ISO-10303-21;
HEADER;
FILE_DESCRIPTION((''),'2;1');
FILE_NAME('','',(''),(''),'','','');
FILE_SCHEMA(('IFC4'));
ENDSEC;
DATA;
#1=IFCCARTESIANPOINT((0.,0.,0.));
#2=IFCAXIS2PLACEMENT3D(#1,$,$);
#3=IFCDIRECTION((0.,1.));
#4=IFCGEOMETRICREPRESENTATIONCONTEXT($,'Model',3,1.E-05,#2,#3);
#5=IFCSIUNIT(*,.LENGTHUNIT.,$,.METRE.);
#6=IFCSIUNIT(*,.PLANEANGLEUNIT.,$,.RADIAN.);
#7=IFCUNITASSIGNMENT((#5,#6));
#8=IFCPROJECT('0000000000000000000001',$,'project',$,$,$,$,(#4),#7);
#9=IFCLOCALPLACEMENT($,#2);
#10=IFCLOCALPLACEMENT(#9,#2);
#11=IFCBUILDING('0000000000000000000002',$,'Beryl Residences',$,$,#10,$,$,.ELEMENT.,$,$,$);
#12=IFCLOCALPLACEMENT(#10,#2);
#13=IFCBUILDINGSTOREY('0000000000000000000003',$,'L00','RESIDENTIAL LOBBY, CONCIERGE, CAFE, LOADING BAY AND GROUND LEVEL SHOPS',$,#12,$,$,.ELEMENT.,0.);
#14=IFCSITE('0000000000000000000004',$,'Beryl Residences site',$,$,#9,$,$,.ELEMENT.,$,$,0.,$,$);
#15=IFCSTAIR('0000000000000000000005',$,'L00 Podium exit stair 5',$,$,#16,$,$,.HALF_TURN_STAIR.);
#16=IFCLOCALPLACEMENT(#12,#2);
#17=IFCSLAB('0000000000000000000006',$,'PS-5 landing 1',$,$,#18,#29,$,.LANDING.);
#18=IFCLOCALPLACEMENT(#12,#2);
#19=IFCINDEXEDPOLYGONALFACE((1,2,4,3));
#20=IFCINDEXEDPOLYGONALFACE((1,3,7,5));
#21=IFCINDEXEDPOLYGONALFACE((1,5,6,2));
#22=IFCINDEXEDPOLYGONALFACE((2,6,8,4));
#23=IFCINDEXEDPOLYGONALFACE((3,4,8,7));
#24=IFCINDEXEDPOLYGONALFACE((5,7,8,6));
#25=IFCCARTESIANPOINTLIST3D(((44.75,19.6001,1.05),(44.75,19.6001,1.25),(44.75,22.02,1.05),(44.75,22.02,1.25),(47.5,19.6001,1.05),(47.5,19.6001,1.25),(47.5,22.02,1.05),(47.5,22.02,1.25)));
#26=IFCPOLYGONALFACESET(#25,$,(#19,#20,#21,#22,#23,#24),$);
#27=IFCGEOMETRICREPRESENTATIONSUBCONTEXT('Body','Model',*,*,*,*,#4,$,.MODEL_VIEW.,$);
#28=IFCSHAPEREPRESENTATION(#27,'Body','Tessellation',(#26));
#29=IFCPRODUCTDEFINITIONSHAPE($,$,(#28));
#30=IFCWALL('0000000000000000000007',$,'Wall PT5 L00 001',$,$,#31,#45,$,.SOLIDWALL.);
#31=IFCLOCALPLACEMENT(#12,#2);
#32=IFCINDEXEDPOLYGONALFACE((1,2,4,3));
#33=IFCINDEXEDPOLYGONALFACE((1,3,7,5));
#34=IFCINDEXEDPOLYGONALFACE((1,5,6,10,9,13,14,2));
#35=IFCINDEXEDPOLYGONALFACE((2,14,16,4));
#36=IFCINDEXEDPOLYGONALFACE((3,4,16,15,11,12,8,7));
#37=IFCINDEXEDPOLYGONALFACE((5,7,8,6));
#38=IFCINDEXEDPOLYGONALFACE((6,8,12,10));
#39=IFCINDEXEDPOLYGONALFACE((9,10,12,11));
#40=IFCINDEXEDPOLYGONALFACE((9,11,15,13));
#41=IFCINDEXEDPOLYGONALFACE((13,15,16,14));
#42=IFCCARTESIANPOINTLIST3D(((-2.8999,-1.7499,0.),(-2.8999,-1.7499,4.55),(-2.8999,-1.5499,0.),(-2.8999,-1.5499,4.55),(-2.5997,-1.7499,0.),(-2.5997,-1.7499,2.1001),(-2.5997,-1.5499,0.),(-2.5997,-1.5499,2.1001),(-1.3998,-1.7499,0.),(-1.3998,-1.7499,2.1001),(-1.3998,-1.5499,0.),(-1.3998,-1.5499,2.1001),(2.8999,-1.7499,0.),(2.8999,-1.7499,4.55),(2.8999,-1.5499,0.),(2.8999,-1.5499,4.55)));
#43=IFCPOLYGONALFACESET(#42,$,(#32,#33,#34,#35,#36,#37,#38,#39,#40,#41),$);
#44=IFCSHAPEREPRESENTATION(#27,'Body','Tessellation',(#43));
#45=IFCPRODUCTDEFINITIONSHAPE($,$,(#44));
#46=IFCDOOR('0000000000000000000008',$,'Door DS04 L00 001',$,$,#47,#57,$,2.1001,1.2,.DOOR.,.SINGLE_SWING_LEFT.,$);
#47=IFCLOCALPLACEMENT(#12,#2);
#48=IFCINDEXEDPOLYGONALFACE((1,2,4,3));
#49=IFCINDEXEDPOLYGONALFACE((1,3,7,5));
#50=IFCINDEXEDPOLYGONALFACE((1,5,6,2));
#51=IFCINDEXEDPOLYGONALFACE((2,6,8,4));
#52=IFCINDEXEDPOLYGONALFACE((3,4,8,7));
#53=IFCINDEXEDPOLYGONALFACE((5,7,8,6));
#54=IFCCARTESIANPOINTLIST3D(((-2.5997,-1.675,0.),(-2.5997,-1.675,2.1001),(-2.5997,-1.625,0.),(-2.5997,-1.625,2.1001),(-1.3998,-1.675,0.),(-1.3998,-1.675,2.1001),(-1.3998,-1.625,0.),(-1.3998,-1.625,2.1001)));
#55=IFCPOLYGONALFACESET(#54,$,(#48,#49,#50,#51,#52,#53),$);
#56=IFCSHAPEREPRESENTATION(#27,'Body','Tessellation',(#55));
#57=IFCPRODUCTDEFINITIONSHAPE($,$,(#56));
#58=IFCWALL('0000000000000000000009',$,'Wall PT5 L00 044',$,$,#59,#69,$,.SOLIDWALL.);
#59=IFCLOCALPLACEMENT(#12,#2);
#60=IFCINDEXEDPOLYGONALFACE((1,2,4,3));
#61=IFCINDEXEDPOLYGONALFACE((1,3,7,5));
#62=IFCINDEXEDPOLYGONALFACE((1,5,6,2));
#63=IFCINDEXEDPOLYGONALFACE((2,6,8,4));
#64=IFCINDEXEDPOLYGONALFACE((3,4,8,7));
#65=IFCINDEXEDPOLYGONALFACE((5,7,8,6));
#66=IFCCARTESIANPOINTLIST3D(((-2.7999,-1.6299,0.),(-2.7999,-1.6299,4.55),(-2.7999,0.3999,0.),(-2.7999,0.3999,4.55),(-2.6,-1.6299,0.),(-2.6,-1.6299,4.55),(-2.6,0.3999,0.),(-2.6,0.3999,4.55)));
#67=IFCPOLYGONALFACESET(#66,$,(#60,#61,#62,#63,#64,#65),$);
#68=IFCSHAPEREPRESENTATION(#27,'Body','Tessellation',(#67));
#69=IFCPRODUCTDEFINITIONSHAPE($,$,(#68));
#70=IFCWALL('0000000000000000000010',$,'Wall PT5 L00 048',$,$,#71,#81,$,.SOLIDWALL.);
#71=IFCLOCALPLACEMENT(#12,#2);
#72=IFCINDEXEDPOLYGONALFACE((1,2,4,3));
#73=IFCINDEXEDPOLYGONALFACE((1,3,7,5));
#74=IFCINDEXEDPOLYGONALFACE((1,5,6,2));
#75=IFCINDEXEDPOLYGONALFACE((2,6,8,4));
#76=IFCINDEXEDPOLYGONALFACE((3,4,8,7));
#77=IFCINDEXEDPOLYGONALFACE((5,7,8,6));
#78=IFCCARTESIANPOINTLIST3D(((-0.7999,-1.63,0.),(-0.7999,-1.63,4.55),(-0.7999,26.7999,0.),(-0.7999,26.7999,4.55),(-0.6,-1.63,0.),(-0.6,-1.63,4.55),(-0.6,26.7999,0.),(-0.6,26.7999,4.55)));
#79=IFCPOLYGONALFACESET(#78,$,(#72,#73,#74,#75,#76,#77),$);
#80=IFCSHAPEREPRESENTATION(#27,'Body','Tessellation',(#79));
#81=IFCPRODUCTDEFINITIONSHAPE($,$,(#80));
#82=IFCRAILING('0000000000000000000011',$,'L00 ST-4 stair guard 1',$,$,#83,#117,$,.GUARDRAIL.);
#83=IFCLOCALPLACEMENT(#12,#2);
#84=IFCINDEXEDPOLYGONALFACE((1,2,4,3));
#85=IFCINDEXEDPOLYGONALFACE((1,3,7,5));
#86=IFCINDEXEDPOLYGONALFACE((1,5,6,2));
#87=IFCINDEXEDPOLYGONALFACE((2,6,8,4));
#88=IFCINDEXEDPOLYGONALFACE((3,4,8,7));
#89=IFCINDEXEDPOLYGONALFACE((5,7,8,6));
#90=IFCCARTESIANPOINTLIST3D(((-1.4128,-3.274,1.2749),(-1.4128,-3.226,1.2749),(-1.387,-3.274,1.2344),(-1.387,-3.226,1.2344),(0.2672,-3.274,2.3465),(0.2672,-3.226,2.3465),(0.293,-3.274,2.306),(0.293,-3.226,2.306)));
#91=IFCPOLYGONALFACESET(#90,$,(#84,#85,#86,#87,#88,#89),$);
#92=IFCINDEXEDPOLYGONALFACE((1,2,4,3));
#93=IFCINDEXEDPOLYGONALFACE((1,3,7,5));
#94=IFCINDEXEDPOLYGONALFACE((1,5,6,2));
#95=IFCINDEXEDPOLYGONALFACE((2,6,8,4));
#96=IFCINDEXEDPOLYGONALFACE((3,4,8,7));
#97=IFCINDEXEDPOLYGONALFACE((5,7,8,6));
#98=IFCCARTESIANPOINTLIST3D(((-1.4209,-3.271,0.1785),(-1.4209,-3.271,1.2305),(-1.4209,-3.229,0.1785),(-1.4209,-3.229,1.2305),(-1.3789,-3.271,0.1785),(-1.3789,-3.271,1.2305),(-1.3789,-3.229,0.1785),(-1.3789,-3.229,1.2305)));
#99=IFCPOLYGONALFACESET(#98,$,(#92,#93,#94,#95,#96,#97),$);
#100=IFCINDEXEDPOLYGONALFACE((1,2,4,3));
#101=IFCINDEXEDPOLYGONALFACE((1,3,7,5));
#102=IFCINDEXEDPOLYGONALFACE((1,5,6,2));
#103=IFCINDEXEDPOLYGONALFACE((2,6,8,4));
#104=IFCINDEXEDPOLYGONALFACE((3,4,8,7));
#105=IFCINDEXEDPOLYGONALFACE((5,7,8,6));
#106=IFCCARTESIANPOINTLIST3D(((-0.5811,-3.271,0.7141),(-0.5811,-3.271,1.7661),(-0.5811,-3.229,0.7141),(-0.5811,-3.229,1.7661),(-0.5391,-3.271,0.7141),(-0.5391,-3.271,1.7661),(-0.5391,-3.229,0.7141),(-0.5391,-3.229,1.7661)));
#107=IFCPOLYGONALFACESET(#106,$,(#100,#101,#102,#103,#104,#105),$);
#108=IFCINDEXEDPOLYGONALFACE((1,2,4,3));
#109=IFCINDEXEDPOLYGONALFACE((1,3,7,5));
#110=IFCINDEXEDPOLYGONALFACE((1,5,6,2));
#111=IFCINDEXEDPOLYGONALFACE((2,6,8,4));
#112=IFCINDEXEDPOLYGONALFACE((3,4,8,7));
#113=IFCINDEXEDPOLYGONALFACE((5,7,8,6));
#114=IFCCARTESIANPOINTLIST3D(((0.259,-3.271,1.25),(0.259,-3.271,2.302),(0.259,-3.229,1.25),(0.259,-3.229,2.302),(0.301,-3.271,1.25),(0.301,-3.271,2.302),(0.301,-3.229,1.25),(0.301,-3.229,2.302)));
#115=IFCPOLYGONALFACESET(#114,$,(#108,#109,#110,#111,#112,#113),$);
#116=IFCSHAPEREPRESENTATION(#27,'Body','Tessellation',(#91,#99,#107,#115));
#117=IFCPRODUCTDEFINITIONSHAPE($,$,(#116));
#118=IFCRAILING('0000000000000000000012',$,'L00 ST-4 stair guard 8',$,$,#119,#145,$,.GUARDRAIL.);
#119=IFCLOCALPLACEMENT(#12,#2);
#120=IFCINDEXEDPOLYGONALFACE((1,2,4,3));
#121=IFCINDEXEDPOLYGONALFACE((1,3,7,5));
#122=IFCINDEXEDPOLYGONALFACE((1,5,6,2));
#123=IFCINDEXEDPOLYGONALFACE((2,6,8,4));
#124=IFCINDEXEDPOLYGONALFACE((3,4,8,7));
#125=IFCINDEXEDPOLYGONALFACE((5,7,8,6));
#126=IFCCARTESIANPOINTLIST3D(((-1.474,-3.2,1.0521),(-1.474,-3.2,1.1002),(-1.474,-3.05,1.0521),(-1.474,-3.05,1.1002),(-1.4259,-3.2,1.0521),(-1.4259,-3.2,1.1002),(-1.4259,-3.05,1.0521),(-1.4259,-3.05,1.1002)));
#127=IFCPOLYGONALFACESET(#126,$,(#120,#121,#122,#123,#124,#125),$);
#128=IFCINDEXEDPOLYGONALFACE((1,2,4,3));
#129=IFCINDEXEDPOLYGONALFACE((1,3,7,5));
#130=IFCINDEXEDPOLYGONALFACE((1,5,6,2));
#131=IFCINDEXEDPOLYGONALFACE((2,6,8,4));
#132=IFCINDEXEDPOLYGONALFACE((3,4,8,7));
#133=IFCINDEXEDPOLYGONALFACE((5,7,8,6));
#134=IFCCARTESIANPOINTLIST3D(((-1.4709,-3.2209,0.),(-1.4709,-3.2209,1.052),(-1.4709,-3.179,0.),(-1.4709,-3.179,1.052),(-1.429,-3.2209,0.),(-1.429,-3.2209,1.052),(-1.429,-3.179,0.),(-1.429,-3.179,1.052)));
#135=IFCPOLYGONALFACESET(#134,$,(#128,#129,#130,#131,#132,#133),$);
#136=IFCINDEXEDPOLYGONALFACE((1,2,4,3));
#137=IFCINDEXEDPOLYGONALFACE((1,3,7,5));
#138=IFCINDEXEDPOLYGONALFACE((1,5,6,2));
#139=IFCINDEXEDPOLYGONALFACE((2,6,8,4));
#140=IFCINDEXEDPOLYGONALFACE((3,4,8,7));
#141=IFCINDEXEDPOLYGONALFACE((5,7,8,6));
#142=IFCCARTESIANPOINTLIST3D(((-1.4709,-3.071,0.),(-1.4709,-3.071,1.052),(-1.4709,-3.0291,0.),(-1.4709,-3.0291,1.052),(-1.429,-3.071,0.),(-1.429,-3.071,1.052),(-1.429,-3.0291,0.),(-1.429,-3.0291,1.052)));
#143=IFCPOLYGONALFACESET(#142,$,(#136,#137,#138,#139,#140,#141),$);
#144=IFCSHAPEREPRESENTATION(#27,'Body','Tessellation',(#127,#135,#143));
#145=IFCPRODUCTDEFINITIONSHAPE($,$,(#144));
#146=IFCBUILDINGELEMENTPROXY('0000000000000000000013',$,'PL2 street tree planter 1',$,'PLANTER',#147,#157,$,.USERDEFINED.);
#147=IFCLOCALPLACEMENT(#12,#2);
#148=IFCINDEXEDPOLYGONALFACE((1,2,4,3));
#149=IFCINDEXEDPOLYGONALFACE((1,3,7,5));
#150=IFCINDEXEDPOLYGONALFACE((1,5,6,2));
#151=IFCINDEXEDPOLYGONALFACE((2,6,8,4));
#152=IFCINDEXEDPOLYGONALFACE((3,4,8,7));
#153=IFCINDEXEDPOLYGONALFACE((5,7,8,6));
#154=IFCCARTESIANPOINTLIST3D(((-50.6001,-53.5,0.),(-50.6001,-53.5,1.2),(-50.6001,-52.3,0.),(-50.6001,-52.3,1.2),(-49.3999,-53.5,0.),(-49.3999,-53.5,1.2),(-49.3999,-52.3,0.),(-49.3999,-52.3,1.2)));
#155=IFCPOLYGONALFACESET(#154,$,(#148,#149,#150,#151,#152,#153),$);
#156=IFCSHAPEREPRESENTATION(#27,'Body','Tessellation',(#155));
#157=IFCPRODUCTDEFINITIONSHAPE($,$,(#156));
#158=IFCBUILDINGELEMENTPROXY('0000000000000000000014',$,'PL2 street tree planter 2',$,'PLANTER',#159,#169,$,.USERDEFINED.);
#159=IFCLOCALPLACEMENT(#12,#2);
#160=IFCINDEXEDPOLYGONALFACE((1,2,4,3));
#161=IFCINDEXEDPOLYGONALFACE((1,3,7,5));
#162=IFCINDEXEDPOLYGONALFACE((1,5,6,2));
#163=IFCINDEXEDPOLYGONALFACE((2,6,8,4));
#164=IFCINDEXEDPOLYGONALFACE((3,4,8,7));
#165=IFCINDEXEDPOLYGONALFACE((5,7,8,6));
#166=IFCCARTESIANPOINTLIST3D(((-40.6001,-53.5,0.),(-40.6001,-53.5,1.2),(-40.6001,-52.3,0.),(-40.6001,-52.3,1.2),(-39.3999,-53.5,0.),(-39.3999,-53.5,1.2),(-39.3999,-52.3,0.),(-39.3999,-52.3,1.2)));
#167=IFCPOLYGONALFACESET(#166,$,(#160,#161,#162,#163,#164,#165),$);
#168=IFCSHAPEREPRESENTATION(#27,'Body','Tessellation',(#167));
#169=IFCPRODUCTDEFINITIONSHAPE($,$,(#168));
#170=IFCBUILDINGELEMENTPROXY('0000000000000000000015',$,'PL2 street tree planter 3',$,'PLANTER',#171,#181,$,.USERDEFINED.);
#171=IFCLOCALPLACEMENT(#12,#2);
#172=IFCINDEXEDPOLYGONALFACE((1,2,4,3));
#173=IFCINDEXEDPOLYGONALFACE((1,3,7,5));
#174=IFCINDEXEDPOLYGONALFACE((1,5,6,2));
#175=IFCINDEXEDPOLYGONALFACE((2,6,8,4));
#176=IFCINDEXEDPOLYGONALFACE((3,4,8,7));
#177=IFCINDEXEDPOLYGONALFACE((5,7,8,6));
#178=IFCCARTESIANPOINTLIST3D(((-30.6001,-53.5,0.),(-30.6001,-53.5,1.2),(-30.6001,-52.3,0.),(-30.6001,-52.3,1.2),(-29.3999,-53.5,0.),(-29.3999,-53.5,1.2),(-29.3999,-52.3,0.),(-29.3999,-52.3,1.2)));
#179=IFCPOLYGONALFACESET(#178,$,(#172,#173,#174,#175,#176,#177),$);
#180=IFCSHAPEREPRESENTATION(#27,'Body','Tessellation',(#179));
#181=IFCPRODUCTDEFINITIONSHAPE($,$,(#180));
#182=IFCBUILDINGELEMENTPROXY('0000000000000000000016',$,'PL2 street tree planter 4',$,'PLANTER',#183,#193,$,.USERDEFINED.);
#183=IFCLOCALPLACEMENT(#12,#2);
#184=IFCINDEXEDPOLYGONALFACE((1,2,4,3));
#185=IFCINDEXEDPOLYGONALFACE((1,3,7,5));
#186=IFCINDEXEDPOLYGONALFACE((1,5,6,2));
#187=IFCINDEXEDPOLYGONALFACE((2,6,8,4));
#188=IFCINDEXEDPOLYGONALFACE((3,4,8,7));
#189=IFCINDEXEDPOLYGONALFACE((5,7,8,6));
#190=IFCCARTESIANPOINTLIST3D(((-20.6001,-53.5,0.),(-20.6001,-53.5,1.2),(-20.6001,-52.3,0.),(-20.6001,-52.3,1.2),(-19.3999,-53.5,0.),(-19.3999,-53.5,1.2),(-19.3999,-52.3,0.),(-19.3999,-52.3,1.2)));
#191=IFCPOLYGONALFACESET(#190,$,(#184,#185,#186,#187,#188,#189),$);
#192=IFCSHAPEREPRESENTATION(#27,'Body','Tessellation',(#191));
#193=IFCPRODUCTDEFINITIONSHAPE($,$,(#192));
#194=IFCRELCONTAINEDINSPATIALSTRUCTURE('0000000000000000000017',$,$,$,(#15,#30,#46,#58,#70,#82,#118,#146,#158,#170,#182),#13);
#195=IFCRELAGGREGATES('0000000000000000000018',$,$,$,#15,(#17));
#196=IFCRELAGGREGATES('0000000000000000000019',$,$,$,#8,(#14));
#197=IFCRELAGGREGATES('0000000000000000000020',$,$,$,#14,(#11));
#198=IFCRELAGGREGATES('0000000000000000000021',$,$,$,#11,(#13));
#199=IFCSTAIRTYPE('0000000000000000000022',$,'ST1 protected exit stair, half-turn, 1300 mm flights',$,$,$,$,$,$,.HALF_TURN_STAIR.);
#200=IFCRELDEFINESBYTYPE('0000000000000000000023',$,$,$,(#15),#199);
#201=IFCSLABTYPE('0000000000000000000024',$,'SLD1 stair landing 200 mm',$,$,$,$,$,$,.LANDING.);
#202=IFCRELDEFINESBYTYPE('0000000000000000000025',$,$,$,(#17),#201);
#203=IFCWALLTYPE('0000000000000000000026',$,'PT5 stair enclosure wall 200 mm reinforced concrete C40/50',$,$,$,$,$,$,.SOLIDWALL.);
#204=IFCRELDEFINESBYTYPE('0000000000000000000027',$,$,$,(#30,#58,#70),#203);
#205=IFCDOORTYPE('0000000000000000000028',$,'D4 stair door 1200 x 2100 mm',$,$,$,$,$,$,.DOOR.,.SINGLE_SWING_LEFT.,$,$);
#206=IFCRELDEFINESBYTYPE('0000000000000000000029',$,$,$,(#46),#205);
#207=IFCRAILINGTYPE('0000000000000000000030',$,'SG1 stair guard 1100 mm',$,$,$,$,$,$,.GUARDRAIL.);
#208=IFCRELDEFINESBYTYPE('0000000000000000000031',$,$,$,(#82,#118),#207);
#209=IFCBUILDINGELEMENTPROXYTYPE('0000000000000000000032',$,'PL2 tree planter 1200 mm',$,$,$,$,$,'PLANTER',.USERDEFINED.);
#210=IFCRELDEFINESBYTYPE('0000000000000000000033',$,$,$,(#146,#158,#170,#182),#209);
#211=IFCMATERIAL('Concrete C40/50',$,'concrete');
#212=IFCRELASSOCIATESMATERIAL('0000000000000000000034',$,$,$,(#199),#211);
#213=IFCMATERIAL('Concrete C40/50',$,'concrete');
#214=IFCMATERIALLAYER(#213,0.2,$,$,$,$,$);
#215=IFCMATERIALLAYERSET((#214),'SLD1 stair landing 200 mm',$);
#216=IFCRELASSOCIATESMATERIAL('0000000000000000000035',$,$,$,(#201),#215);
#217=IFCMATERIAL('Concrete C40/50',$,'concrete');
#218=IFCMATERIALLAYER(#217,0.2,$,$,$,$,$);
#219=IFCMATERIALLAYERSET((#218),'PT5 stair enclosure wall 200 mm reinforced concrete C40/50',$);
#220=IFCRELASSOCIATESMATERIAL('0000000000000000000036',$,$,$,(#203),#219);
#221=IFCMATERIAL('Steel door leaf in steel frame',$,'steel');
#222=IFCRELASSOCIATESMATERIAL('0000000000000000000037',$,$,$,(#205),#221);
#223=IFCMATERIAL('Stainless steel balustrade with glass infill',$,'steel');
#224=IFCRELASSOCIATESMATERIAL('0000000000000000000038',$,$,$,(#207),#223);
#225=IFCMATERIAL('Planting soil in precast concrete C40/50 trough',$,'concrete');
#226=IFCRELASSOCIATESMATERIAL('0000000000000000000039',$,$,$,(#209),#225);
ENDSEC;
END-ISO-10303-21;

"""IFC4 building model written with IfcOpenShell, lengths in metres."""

from ifc_helpers import new_model, si_unit, direction, frame, frame_2d, origin, origin_2d, place, context, subcontext, project, spatial, polyline, rectangle, outline, extrude, material, layer, layer_set, type_object, element, fill, aggregate, save


model = new_model("IFC4")

# Units and contexts
model_context = context("Model", 3, precision=1e-05, world=origin(), true_north=direction((0.0, 1.0)))
body_context = subcontext(model_context, "Body", "Model", "MODEL_VIEW")
ifc_project = project(units=[si_unit("LENGTHUNIT", "METRE"), si_unit("PLANEANGLEUNIT", "RADIAN")], contexts=[model_context])

# Site, building, storey
site_placement = place(None, origin())
site = spatial("IfcSite", under=ifc_project, at=site_placement, Name="Beryl Residences site", CompositionType="ELEMENT", RefElevation=0.0)
building_placement = place(site_placement, origin())
building = spatial("IfcBuilding", under=site, at=building_placement, Name="Beryl Residences", CompositionType="ELEMENT")
storey_placement = place(building_placement, origin())
storey = spatial("IfcBuildingStorey", under=building, at=storey_placement, Name="L00", Description="RESIDENTIAL LOBBY, CONCIERGE, CAFE, LOADING BAY AND GROUND LEVEL SHOPS", CompositionType="ELEMENT", Elevation=0.0)

# Stair, slab
ifc_material_1 = material(Name="Concrete C40/50", Category="concrete")
stair_type = type_object("IfcStairType", Name="ST1 protected exit stair, half-turn, 1300 mm flights", PredefinedType="HALF_TURN_STAIR", material=ifc_material_1)
ifc_material_2 = material(Name="Concrete C40/50", Category="concrete")
ifc_layer_1 = layer(ifc_material_2, 0.2)
ifc_layer_set_1 = layer_set([ifc_layer_1], Name="SLD1 stair landing 200 mm")
slab_type_1 = type_object("IfcSlabType", Name="SLD1 stair landing 200 mm", PredefinedType="LANDING", material=ifc_layer_set_1)
stair_1_placement = place(storey_placement, origin())
stair_1 = element("IfcStair", 1, at=stair_1_placement, inside=storey, type_object=stair_type, Name="L00 Podium exit stair 5", PredefinedType="HALF_TURN_STAIR")
slab_1_placement = place(storey_placement, frame((0.0, 0.0, 1.05)))
slab_1 = element("IfcSlab", 2, at=slab_1_placement, type_object=slab_type_1, Name="PS-5 landing 1", PredefinedType="LANDING", context=body_context, shape_type="SweptSolid", body=[
    extrude(outline(polyline([(44.75, 22.02), (44.75, 19.6001), (47.5, 19.6001), (47.5, 22.02), (44.75, 22.02)])), origin(), (0.0, 0.0, 1.0), 0.2),
])
aggregate(stair_1, [slab_1])

# Wall, opening, door
ifc_material_3 = material(Name="Concrete C40/50", Category="concrete")
ifc_layer_2 = layer(ifc_material_3, 0.2)
ifc_layer_set_2 = layer_set([ifc_layer_2], Name="PT5 stair enclosure wall 200 mm reinforced concrete C40/50")
wall_type = type_object("IfcWallType", Name="PT5 stair enclosure wall 200 mm reinforced concrete C40/50", PredefinedType="SOLIDWALL", material=ifc_layer_set_2)
wall_1_placement = place(storey_placement, frame((-2.8999, -1.6499, 0.0), z_axis=(0.0, 0.0, 1.0), x_axis=(1.0, 0.0, 0.0)))
wall_1 = element("IfcWall", 3, at=wall_1_placement, inside=storey, type_object=wall_type, Name="Wall PT5 L00 001", PredefinedType="SOLIDWALL", context=body_context, shape_type="SweptSolid", body=[
    extrude(rectangle(XDim=5.7998, YDim=0.2, at=frame_2d((2.8999, 0.0))), origin(), (0.0, 0.0, 1.0), 4.55),
])
opening_placement = place(wall_1_placement, frame((0.3, 0.0, 0.0)))
opening = element("IfcOpeningElement", 4, at=opening_placement, cuts=wall_1, PredefinedType="OPENING", context=body_context, shape_type="SweptSolid", body=[
    extrude(rectangle(XDim=1.2, YDim=2.1001, at=frame_2d((0.6001, 1.05))), frame((0.0, 0.1099, 0.0), z_axis=(0.0, -1.0, 0.0), x_axis=(1.0, 0.0, 0.0)), (0.0, 0.0, 1.0), 0.22),
])
ifc_material_4 = material(Name="Steel door leaf in steel frame", Category="steel")
door_type = type_object("IfcDoorType", Name="D4 stair door 1200 x 2100 mm", OperationType="SINGLE_SWING_LEFT", PredefinedType="DOOR", material=ifc_material_4)
door_placement = place(opening_placement, origin())
door = element("IfcDoor", 5, at=door_placement, inside=storey, type_object=door_type, Name="Door DS04 L00 001", OperationType="SINGLE_SWING_LEFT", OverallHeight=2.1001, OverallWidth=1.2, PredefinedType="DOOR", context=body_context, shape_type="SweptSolid", body=[
    extrude(rectangle(XDim=1.2, YDim=2.1001, at=frame_2d((0.6001, 1.05))), frame((0.0, 0.0249, 0.0), z_axis=(0.0, -1.0, 0.0), x_axis=(1.0, 0.0, 0.0)), (0.0, 0.0, 1.0), 0.05),
])
fill(opening, door)

# Walls
wall_2_placement = place(storey_placement, frame((-2.7, -1.6299, 0.0), z_axis=(0.0, 0.0, 1.0), x_axis=(0.0, 1.0, 0.0)))
element("IfcWall", 6, at=wall_2_placement, inside=storey, type_object=wall_type, Name="Wall PT5 L00 044", PredefinedType="SOLIDWALL", context=body_context, shape_type="SweptSolid", body=[
    extrude(rectangle(XDim=2.0298, YDim=0.2, at=frame_2d((1.0149, 0.0))), origin(), (0.0, 0.0, 1.0), 4.55),
])
wall_3_placement = place(storey_placement, frame((-0.7, -1.6299, 0.0), z_axis=(0.0, 0.0, 1.0), x_axis=(0.0, 1.0, 0.0)))
element("IfcWall", 7, at=wall_3_placement, inside=storey, type_object=wall_type, Name="Wall PT5 L00 048", PredefinedType="SOLIDWALL", context=body_context, shape_type="SweptSolid", body=[
    extrude(rectangle(XDim=28.4299, YDim=0.2, at=frame_2d((14.2148, 0.0))), origin(), (0.0, 0.0, 1.0), 4.55),
])

# Railings
ifc_material_5 = material(Name="Stainless steel balustrade with glass infill", Category="steel")
railing_type = type_object("IfcRailingType", Name="SG1 stair guard 1100 mm", PredefinedType="GUARDRAIL", material=ifc_material_5)
railing_1_placement = place(storey_placement, frame((-1.3999, -3.25, 0.1785)))
element("IfcRailing", 8, at=railing_1_placement, inside=storey, type_object=railing_type, Name="L00 ST-4 stair guard 1", PredefinedType="GUARDRAIL", context=body_context, shape_type="SweptSolid", body=[
    extrude(rectangle(XDim=0.0481, YDim=0.0481, at=origin_2d()), frame((0.0, 0.0, 1.0762), z_axis=(0.843096, 0.0, 0.537763), x_axis=(0.0, 1.0, 0.0)), (0.0, 0.0, 1.0), 1.9927),
    extrude(rectangle(XDim=0.042, YDim=0.042, at=origin_2d()), origin(), (0.0, 0.0, 1.0), 1.052),
    extrude(rectangle(XDim=0.042, YDim=0.042, at=origin_2d()), frame((0.8398, 0.0, 0.5356)), (0.0, 0.0, 1.0), 1.052),
    extrude(rectangle(XDim=0.042, YDim=0.042, at=origin_2d()), frame((1.6799, 0.0, 1.0715)), (0.0, 0.0, 1.0), 1.052),
])
railing_2_placement = place(storey_placement, frame((-1.45, -3.2, 0.0)))
element("IfcRailing", 9, at=railing_2_placement, inside=storey, type_object=railing_type, Name="L00 ST-4 stair guard 8", PredefinedType="GUARDRAIL", context=body_context, shape_type="SweptSolid", body=[
    extrude(rectangle(XDim=0.0481, YDim=0.0481, at=origin_2d()), frame((0.0, 0.0, 1.0762), z_axis=(0.0, 1.0, 0.0), x_axis=(-1.0, 0.0, 0.0)), (0.0, 0.0, 1.0), 0.1499),
    extrude(rectangle(XDim=0.042, YDim=0.042, at=origin_2d()), origin(), (0.0, 0.0, 1.0), 1.052),
    extrude(rectangle(XDim=0.042, YDim=0.042, at=origin_2d()), frame((0.0, 0.1499, 0.0)), (0.0, 0.0, 1.0), 1.052),
])

# Building element proxies
ifc_material_6 = material(Name="Planting soil in precast concrete C40/50 trough", Category="concrete")
building_element_proxy_type = type_object("IfcBuildingElementProxyType", Name="PL2 tree planter 1200 mm", ElementType="PLANTER", PredefinedType="USERDEFINED", material=ifc_material_6)
proxy_1_placement = place(storey_placement, origin())
element("IfcBuildingElementProxy", 10, at=proxy_1_placement, inside=storey, type_object=building_element_proxy_type, Name="PL2 street tree planter 1", ObjectType="PLANTER", PredefinedType="USERDEFINED", context=body_context, shape_type="SweptSolid", body=[
    extrude(outline(polyline([(-49.3999, -53.5), (-49.3999, -52.3), (-50.6001, -52.3), (-50.6001, -53.5), (-49.3999, -53.5)])), origin(), (0.0, 0.0, 1.0), 1.2),
])
proxy_2_placement = place(storey_placement, origin())
element("IfcBuildingElementProxy", 11, at=proxy_2_placement, inside=storey, type_object=building_element_proxy_type, Name="PL2 street tree planter 2", ObjectType="PLANTER", PredefinedType="USERDEFINED", context=body_context, shape_type="SweptSolid", body=[
    extrude(outline(polyline([(-39.3999, -53.5), (-39.3999, -52.3), (-40.6001, -52.3), (-40.6001, -53.5), (-39.3999, -53.5)])), origin(), (0.0, 0.0, 1.0), 1.2),
])
proxy_3_placement = place(storey_placement, origin())
element("IfcBuildingElementProxy", 12, at=proxy_3_placement, inside=storey, type_object=building_element_proxy_type, Name="PL2 street tree planter 3", ObjectType="PLANTER", PredefinedType="USERDEFINED", context=body_context, shape_type="SweptSolid", body=[
    extrude(outline(polyline([(-29.3999, -53.5), (-29.3999, -52.3), (-30.6001, -52.3), (-30.6001, -53.5), (-29.3999, -53.5)])), origin(), (0.0, 0.0, 1.0), 1.2),
])
proxy_4_placement = place(storey_placement, origin())
element("IfcBuildingElementProxy", 13, at=proxy_4_placement, inside=storey, type_object=building_element_proxy_type, Name="PL2 street tree planter 4", ObjectType="PLANTER", PredefinedType="USERDEFINED", context=body_context, shape_type="SweptSolid", body=[
    extrude(outline(polyline([(-19.3999, -53.5), (-19.3999, -52.3), (-20.6001, -52.3), (-20.6001, -53.5), (-19.3999, -53.5)])), origin(), (0.0, 0.0, 1.0), 1.2),
])

save(model, "model.ifc")
